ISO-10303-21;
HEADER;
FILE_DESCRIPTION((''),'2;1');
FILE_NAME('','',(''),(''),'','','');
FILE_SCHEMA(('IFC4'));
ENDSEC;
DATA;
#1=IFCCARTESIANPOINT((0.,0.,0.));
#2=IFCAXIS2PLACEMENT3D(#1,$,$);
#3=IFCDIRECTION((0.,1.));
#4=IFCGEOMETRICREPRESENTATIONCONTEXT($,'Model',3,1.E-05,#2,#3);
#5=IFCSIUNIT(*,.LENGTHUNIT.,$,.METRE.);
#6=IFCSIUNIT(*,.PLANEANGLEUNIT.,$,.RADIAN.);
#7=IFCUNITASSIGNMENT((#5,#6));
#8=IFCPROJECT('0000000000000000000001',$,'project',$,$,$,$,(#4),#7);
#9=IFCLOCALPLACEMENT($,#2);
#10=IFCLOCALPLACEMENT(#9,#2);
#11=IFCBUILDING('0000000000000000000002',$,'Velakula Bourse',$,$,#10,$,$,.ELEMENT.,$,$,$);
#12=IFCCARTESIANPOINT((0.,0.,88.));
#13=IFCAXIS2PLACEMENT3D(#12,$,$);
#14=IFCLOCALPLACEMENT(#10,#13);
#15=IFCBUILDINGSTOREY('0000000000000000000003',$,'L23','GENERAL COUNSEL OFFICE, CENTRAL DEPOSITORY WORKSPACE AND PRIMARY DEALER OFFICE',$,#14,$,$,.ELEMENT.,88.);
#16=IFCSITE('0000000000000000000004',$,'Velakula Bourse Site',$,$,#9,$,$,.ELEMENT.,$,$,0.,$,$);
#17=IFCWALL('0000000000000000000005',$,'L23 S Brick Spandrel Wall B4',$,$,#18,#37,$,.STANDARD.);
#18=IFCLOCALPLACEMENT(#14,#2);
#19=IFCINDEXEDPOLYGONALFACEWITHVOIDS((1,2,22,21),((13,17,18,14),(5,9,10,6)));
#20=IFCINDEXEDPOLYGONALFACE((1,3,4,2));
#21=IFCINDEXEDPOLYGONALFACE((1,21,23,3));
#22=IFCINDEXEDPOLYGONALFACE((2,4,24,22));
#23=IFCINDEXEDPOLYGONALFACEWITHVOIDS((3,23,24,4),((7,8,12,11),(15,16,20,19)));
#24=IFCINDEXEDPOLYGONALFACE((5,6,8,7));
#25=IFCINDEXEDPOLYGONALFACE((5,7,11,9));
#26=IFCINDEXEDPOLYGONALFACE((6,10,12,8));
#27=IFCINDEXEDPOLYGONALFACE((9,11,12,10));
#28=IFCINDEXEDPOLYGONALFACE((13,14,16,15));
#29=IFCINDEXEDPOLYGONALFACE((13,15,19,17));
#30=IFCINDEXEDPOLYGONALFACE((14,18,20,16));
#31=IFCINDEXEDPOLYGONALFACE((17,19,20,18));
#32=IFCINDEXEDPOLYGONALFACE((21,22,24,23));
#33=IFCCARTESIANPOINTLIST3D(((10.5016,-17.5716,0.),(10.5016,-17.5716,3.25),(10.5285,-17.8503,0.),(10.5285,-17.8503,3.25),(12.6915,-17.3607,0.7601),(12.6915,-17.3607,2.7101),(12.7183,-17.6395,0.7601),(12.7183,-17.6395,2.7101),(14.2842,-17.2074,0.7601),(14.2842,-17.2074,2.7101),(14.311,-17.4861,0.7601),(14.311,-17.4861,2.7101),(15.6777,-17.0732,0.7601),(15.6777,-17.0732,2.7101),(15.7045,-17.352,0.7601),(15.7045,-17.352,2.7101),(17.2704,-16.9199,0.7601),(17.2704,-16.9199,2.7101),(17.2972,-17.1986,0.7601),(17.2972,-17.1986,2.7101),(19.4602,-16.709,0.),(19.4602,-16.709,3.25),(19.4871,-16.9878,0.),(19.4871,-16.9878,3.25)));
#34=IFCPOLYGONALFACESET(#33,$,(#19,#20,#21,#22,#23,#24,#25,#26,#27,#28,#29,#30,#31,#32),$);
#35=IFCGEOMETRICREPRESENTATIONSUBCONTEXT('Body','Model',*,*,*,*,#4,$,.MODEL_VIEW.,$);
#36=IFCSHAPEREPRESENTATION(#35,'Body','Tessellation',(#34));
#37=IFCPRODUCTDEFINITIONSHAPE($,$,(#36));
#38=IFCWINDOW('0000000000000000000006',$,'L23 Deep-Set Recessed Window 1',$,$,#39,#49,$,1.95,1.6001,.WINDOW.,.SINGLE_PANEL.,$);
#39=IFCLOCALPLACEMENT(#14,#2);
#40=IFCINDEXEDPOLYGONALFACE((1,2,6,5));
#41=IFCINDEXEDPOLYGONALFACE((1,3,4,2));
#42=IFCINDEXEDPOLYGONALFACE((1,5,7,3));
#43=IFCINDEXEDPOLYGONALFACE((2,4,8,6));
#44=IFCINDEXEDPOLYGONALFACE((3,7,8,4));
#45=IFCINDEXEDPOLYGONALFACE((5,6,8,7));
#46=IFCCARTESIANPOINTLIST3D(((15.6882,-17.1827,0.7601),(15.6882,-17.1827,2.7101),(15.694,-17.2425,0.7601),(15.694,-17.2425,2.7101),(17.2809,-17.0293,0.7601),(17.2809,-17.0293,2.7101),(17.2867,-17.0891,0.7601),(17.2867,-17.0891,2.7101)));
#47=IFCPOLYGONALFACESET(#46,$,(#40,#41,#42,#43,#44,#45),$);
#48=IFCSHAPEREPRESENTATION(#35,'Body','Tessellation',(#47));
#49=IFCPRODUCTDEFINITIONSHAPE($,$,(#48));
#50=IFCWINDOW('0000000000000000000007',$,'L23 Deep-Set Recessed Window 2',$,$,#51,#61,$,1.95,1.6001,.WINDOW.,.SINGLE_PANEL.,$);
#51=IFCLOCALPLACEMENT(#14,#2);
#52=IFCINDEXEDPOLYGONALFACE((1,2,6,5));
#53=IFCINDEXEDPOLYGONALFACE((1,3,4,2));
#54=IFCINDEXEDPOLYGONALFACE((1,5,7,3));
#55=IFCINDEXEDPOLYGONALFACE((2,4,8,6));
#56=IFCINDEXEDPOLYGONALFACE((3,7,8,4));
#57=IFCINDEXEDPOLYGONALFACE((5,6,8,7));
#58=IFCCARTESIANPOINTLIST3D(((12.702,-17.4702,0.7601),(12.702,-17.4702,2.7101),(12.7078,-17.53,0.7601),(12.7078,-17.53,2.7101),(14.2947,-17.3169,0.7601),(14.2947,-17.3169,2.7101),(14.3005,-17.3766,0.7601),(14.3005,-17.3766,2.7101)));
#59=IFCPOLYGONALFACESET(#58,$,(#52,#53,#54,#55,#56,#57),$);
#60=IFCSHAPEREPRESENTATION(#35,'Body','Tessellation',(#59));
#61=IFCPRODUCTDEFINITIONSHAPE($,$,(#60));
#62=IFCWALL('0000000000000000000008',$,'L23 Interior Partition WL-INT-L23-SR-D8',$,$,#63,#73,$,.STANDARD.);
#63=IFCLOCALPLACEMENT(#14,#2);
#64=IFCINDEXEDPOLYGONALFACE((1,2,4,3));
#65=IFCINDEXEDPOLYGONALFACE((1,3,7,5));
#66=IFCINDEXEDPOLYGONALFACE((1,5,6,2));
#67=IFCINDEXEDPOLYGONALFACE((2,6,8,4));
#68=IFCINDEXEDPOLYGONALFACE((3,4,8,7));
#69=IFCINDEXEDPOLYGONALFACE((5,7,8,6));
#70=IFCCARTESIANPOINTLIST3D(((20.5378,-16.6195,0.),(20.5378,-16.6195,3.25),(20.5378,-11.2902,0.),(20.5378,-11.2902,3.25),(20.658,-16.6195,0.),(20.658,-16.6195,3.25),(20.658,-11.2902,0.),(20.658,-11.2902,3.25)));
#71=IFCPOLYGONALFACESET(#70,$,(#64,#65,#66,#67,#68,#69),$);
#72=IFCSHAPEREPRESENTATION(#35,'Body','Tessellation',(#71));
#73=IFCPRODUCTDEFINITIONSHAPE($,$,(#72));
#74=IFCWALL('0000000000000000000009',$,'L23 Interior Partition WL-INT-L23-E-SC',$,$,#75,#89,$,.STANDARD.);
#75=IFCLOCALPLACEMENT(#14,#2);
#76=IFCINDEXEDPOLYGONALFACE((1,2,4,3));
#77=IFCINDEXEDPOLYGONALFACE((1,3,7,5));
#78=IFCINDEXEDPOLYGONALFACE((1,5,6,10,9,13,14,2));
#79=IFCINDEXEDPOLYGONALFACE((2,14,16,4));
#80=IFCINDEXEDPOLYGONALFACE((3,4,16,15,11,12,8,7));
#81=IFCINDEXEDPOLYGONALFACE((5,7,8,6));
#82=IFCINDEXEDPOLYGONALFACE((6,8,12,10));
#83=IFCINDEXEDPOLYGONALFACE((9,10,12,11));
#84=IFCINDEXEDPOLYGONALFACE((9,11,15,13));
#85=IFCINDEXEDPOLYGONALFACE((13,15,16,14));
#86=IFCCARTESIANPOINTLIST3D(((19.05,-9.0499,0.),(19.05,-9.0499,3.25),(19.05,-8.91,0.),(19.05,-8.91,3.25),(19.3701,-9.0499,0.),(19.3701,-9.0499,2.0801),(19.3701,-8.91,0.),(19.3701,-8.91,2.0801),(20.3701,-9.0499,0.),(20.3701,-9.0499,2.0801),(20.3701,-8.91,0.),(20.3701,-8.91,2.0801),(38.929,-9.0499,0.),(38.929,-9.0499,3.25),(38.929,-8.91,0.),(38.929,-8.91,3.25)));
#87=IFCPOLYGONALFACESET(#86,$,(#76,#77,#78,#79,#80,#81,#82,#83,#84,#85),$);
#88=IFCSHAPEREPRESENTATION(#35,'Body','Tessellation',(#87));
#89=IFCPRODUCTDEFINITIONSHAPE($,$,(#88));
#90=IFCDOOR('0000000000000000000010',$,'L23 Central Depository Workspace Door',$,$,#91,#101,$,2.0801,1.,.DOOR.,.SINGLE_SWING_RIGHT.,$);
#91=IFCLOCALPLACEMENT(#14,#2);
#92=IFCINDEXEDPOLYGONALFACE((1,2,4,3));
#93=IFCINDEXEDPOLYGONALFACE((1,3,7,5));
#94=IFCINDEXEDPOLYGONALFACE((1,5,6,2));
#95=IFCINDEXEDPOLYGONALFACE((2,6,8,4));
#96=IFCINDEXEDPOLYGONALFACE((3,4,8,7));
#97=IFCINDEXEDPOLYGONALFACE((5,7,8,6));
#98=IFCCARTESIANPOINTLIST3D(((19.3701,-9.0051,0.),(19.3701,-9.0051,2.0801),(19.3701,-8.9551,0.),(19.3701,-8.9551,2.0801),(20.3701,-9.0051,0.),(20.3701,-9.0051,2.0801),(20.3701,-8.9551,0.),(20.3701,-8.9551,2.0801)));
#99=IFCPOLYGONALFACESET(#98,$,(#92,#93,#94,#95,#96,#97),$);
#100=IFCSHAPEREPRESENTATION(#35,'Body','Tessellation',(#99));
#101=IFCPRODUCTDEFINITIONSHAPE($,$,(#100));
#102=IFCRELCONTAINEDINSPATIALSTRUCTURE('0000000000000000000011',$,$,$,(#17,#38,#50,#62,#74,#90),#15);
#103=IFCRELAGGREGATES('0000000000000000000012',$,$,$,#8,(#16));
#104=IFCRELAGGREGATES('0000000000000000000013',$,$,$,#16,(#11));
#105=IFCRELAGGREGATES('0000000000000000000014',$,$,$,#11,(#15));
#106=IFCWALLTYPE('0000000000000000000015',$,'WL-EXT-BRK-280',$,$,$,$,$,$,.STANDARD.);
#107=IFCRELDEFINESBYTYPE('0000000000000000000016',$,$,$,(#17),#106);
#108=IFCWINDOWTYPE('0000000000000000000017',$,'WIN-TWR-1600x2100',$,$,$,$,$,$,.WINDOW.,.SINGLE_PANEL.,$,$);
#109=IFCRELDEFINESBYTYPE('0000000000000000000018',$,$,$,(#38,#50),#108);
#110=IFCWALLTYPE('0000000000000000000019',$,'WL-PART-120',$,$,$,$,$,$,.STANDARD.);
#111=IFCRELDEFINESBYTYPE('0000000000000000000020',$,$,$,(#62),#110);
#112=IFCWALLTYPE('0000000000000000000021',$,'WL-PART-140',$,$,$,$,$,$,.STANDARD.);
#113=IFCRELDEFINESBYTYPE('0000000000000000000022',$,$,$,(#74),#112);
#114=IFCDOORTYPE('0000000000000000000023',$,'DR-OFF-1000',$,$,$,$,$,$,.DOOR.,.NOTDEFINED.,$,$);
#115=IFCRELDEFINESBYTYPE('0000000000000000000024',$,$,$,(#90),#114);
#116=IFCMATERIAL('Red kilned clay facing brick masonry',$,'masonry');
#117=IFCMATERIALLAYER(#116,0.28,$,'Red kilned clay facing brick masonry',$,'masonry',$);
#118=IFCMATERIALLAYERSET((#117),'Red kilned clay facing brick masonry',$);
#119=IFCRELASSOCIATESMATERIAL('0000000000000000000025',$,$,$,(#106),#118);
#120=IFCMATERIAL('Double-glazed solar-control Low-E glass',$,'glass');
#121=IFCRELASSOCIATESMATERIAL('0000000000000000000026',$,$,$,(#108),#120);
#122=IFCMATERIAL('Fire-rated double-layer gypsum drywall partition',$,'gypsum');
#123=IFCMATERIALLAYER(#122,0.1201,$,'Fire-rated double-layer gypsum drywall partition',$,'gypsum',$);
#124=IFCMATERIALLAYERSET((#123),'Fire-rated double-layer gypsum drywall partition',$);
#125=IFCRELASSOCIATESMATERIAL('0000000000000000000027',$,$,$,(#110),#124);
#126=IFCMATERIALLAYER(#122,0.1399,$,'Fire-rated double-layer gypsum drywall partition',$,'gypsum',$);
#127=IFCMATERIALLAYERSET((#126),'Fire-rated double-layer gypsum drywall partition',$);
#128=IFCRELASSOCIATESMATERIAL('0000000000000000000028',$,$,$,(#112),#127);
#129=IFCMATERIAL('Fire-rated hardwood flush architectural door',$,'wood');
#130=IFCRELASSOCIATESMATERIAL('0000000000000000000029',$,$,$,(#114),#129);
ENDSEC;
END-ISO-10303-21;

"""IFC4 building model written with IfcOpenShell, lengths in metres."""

from ifc_helpers import new_model, si_unit, direction, frame, frame_2d, origin, place, context, subcontext, project, spatial, rectangle, extrude, material, layer, layer_set, type_object, element, fill, save


model = new_model("IFC4")

# Units and contexts
model_context = context("Model", 3, precision=1e-05, world=origin(), true_north=direction((0.0, 1.0)))
body_context = subcontext(model_context, "Body", "Model", "MODEL_VIEW")
ifc_project = project(units=[si_unit("LENGTHUNIT", "METRE"), si_unit("PLANEANGLEUNIT", "RADIAN")], contexts=[model_context])

# Site, building, storey
site_placement = place(None, origin())
site = spatial("IfcSite", under=ifc_project, at=site_placement, Name="Velakula Bourse Site", CompositionType="ELEMENT", RefElevation=0.0)
building_placement = place(site_placement, origin())
building = spatial("IfcBuilding", under=site, at=building_placement, Name="Velakula Bourse", CompositionType="ELEMENT")
storey_placement = place(building_placement, frame((0.0, 0.0, 88.0)))
storey = spatial("IfcBuildingStorey", under=building, at=storey_placement, Name="L23", Description="GENERAL COUNSEL OFFICE, CENTRAL DEPOSITORY WORKSPACE AND PRIMARY DEALER OFFICE", CompositionType="ELEMENT", Elevation=88.0)

# Wall, openings, windows
ifc_material_1 = material(Name="Red kilned clay facing brick masonry", Category="masonry")
ifc_layer_1 = layer(ifc_material_1, 0.28, Name="Red kilned clay facing brick masonry", Category="masonry")
ifc_layer_set_1 = layer_set([ifc_layer_1], Name="Red kilned clay facing brick masonry")
wall_type_1 = type_object("IfcWallType", Name="WL-EXT-BRK-280", PredefinedType="STANDARD", material=ifc_layer_set_1)
wall_1_placement = place(storey_placement, frame((19.4736, -16.8484, 0.0), z_axis=(0.0, 0.0, 1.0), x_axis=(-0.995397, -0.09584, 0.0)))
wall_1 = element("IfcWall", 1, at=wall_1_placement, inside=storey, type_object=wall_type_1, Name="L23 S Brick Spandrel Wall B4", PredefinedType="STANDARD", context=body_context, shape_type="SweptSolid", body=[
    extrude(rectangle(XDim=9.0, YDim=0.28, at=frame_2d((4.5, 0.0))), origin(), (0.0, 0.0, 1.0), 3.25),
])
opening_1_placement = place(wall_1_placement, frame((2.2, 0.0, 0.76)))
opening_1 = element("IfcOpeningElement", 2, at=opening_1_placement, cuts=wall_1, PredefinedType="OPENING", context=body_context, shape_type="SweptSolid", body=[
    extrude(rectangle(XDim=1.6001, YDim=1.95, at=frame_2d((0.8, 0.9751))), frame((0.0, 0.1499, 0.0), z_axis=(0.0, -1.0, 0.0), x_axis=(1.0, 0.0, 0.0)), (0.0, 0.0, 1.0), 0.3),
])
opening_2_placement = place(wall_1_placement, frame((5.2, 0.0, 0.76)))
opening_2 = element("IfcOpeningElement", 3, at=opening_2_placement, cuts=wall_1, PredefinedType="OPENING", context=body_context, shape_type="SweptSolid", body=[
    extrude(rectangle(XDim=1.6001, YDim=1.95, at=frame_2d((0.8, 0.9751))), frame((0.0, 0.1499, 0.0), z_axis=(0.0, -1.0, 0.0), x_axis=(1.0, 0.0, 0.0)), (0.0, 0.0, 1.0), 0.3),
])
ifc_material_2 = material(Name="Double-glazed solar-control Low-E glass", Category="glass")
window_type = type_object("IfcWindowType", Name="WIN-TWR-1600x2100", PartitioningType="SINGLE_PANEL", PredefinedType="WINDOW", material=ifc_material_2)
window_1_placement = place(opening_1_placement, origin())
window_1 = element("IfcWindow", 4, at=window_1_placement, inside=storey, type_object=window_type, Name="L23 Deep-Set Recessed Window 1", OverallHeight=1.95, OverallWidth=1.6001, PartitioningType="SINGLE_PANEL", PredefinedType="WINDOW", context=body_context, shape_type="SweptSolid", body=[
    extrude(rectangle(XDim=1.6001, YDim=1.95, at=frame_2d((0.8, 0.9751))), frame((0.0, 0.03, 0.0), z_axis=(0.0, -1.0, 0.0), x_axis=(1.0, 0.0, 0.0)), (0.0, 0.0, 1.0), 0.0601),
])
fill(opening_1, window_1)
window_2_placement = place(opening_2_placement, origin())
window_2 = element("IfcWindow", 5, at=window_2_placement, inside=storey, type_object=window_type, Name="L23 Deep-Set Recessed Window 2", OverallHeight=1.95, OverallWidth=1.6001, PartitioningType="SINGLE_PANEL", PredefinedType="WINDOW", context=body_context, shape_type="SweptSolid", body=[
    extrude(rectangle(XDim=1.6001, YDim=1.95, at=frame_2d((0.8, 0.9751))), frame((0.0, 0.03, 0.0), z_axis=(0.0, -1.0, 0.0), x_axis=(1.0, 0.0, 0.0)), (0.0, 0.0, 1.0), 0.0601),
])
fill(opening_2, window_2)

# Wall
ifc_material_3 = material(Name="Fire-rated double-layer gypsum drywall partition", Category="gypsum")
ifc_layer_2 = layer(ifc_material_3, 0.1201, Name="Fire-rated double-layer gypsum drywall partition", Category="gypsum")
ifc_layer_set_2 = layer_set([ifc_layer_2], Name="Fire-rated double-layer gypsum drywall partition")
wall_type_2 = type_object("IfcWallType", Name="WL-PART-120", PredefinedType="STANDARD", material=ifc_layer_set_2)
wall_2_placement = place(storey_placement, frame((20.5979, -16.6194, 0.0), z_axis=(0.0, 0.0, 1.0), x_axis=(0.0, 1.0, 0.0)))
element("IfcWall", 6, at=wall_2_placement, inside=storey, type_object=wall_type_2, Name="L23 Interior Partition WL-INT-L23-SR-D8", PredefinedType="STANDARD", context=body_context, shape_type="SweptSolid", body=[
    extrude(rectangle(XDim=5.3293, YDim=0.1201, at=frame_2d((2.6646, 0.0))), origin(), (0.0, 0.0, 1.0), 3.25),
])

# Wall, opening, door
ifc_layer_3 = layer(ifc_material_3, 0.1399, Name="Fire-rated double-layer gypsum drywall partition", Category="gypsum")
ifc_layer_set_3 = layer_set([ifc_layer_3], Name="Fire-rated double-layer gypsum drywall partition")
wall_type_3 = type_object("IfcWallType", Name="WL-PART-140", PredefinedType="STANDARD", material=ifc_layer_set_3)
wall_3_placement = place(storey_placement, frame((19.05, -8.98, 0.0), z_axis=(0.0, 0.0, 1.0), x_axis=(1.0, 0.0, 0.0)))
wall_3 = element("IfcWall", 7, at=wall_3_placement, inside=storey, type_object=wall_type_3, Name="L23 Interior Partition WL-INT-L23-E-SC", PredefinedType="STANDARD", context=body_context, shape_type="SweptSolid", body=[
    extrude(rectangle(XDim=19.8789, YDim=0.1399, at=frame_2d((9.9395, 0.0))), origin(), (0.0, 0.0, 1.0), 3.25),
])
opening_3_placement = place(wall_3_placement, frame((0.3201, 0.0, 0.0)))
opening_3 = element("IfcOpeningElement", 8, at=opening_3_placement, cuts=wall_3, PredefinedType="OPENING", context=body_context, shape_type="SweptSolid", body=[
    extrude(rectangle(XDim=1.0, YDim=2.0801, at=frame_2d((0.5, 1.04))), frame((0.0, 0.0798, 0.0), z_axis=(0.0, -1.0, 0.0), x_axis=(1.0, 0.0, 0.0)), (0.0, 0.0, 1.0), 0.1599),
])
ifc_material_4 = material(Name="Fire-rated hardwood flush architectural door", Category="wood")
door_type = type_object("IfcDoorType", Name="DR-OFF-1000", OperationType="NOTDEFINED", PredefinedType="DOOR", material=ifc_material_4)
door_placement = place(opening_3_placement, origin())
door = element("IfcDoor", 9, at=door_placement, inside=storey, type_object=door_type, Name="L23 Central Depository Workspace Door", OperationType="SINGLE_SWING_RIGHT", OverallHeight=2.0801, OverallWidth=1.0, PredefinedType="DOOR", context=body_context, shape_type="SweptSolid", body=[
    extrude(rectangle(XDim=1.0, YDim=2.0801, at=frame_2d((0.5, 1.04))), frame((0.0, 0.0249, 0.0), z_axis=(0.0, -1.0, 0.0), x_axis=(1.0, 0.0, 0.0)), (0.0, 0.0, 1.0), 0.05),
])
fill(opening_3, door)

save(model, "model.ifc")
